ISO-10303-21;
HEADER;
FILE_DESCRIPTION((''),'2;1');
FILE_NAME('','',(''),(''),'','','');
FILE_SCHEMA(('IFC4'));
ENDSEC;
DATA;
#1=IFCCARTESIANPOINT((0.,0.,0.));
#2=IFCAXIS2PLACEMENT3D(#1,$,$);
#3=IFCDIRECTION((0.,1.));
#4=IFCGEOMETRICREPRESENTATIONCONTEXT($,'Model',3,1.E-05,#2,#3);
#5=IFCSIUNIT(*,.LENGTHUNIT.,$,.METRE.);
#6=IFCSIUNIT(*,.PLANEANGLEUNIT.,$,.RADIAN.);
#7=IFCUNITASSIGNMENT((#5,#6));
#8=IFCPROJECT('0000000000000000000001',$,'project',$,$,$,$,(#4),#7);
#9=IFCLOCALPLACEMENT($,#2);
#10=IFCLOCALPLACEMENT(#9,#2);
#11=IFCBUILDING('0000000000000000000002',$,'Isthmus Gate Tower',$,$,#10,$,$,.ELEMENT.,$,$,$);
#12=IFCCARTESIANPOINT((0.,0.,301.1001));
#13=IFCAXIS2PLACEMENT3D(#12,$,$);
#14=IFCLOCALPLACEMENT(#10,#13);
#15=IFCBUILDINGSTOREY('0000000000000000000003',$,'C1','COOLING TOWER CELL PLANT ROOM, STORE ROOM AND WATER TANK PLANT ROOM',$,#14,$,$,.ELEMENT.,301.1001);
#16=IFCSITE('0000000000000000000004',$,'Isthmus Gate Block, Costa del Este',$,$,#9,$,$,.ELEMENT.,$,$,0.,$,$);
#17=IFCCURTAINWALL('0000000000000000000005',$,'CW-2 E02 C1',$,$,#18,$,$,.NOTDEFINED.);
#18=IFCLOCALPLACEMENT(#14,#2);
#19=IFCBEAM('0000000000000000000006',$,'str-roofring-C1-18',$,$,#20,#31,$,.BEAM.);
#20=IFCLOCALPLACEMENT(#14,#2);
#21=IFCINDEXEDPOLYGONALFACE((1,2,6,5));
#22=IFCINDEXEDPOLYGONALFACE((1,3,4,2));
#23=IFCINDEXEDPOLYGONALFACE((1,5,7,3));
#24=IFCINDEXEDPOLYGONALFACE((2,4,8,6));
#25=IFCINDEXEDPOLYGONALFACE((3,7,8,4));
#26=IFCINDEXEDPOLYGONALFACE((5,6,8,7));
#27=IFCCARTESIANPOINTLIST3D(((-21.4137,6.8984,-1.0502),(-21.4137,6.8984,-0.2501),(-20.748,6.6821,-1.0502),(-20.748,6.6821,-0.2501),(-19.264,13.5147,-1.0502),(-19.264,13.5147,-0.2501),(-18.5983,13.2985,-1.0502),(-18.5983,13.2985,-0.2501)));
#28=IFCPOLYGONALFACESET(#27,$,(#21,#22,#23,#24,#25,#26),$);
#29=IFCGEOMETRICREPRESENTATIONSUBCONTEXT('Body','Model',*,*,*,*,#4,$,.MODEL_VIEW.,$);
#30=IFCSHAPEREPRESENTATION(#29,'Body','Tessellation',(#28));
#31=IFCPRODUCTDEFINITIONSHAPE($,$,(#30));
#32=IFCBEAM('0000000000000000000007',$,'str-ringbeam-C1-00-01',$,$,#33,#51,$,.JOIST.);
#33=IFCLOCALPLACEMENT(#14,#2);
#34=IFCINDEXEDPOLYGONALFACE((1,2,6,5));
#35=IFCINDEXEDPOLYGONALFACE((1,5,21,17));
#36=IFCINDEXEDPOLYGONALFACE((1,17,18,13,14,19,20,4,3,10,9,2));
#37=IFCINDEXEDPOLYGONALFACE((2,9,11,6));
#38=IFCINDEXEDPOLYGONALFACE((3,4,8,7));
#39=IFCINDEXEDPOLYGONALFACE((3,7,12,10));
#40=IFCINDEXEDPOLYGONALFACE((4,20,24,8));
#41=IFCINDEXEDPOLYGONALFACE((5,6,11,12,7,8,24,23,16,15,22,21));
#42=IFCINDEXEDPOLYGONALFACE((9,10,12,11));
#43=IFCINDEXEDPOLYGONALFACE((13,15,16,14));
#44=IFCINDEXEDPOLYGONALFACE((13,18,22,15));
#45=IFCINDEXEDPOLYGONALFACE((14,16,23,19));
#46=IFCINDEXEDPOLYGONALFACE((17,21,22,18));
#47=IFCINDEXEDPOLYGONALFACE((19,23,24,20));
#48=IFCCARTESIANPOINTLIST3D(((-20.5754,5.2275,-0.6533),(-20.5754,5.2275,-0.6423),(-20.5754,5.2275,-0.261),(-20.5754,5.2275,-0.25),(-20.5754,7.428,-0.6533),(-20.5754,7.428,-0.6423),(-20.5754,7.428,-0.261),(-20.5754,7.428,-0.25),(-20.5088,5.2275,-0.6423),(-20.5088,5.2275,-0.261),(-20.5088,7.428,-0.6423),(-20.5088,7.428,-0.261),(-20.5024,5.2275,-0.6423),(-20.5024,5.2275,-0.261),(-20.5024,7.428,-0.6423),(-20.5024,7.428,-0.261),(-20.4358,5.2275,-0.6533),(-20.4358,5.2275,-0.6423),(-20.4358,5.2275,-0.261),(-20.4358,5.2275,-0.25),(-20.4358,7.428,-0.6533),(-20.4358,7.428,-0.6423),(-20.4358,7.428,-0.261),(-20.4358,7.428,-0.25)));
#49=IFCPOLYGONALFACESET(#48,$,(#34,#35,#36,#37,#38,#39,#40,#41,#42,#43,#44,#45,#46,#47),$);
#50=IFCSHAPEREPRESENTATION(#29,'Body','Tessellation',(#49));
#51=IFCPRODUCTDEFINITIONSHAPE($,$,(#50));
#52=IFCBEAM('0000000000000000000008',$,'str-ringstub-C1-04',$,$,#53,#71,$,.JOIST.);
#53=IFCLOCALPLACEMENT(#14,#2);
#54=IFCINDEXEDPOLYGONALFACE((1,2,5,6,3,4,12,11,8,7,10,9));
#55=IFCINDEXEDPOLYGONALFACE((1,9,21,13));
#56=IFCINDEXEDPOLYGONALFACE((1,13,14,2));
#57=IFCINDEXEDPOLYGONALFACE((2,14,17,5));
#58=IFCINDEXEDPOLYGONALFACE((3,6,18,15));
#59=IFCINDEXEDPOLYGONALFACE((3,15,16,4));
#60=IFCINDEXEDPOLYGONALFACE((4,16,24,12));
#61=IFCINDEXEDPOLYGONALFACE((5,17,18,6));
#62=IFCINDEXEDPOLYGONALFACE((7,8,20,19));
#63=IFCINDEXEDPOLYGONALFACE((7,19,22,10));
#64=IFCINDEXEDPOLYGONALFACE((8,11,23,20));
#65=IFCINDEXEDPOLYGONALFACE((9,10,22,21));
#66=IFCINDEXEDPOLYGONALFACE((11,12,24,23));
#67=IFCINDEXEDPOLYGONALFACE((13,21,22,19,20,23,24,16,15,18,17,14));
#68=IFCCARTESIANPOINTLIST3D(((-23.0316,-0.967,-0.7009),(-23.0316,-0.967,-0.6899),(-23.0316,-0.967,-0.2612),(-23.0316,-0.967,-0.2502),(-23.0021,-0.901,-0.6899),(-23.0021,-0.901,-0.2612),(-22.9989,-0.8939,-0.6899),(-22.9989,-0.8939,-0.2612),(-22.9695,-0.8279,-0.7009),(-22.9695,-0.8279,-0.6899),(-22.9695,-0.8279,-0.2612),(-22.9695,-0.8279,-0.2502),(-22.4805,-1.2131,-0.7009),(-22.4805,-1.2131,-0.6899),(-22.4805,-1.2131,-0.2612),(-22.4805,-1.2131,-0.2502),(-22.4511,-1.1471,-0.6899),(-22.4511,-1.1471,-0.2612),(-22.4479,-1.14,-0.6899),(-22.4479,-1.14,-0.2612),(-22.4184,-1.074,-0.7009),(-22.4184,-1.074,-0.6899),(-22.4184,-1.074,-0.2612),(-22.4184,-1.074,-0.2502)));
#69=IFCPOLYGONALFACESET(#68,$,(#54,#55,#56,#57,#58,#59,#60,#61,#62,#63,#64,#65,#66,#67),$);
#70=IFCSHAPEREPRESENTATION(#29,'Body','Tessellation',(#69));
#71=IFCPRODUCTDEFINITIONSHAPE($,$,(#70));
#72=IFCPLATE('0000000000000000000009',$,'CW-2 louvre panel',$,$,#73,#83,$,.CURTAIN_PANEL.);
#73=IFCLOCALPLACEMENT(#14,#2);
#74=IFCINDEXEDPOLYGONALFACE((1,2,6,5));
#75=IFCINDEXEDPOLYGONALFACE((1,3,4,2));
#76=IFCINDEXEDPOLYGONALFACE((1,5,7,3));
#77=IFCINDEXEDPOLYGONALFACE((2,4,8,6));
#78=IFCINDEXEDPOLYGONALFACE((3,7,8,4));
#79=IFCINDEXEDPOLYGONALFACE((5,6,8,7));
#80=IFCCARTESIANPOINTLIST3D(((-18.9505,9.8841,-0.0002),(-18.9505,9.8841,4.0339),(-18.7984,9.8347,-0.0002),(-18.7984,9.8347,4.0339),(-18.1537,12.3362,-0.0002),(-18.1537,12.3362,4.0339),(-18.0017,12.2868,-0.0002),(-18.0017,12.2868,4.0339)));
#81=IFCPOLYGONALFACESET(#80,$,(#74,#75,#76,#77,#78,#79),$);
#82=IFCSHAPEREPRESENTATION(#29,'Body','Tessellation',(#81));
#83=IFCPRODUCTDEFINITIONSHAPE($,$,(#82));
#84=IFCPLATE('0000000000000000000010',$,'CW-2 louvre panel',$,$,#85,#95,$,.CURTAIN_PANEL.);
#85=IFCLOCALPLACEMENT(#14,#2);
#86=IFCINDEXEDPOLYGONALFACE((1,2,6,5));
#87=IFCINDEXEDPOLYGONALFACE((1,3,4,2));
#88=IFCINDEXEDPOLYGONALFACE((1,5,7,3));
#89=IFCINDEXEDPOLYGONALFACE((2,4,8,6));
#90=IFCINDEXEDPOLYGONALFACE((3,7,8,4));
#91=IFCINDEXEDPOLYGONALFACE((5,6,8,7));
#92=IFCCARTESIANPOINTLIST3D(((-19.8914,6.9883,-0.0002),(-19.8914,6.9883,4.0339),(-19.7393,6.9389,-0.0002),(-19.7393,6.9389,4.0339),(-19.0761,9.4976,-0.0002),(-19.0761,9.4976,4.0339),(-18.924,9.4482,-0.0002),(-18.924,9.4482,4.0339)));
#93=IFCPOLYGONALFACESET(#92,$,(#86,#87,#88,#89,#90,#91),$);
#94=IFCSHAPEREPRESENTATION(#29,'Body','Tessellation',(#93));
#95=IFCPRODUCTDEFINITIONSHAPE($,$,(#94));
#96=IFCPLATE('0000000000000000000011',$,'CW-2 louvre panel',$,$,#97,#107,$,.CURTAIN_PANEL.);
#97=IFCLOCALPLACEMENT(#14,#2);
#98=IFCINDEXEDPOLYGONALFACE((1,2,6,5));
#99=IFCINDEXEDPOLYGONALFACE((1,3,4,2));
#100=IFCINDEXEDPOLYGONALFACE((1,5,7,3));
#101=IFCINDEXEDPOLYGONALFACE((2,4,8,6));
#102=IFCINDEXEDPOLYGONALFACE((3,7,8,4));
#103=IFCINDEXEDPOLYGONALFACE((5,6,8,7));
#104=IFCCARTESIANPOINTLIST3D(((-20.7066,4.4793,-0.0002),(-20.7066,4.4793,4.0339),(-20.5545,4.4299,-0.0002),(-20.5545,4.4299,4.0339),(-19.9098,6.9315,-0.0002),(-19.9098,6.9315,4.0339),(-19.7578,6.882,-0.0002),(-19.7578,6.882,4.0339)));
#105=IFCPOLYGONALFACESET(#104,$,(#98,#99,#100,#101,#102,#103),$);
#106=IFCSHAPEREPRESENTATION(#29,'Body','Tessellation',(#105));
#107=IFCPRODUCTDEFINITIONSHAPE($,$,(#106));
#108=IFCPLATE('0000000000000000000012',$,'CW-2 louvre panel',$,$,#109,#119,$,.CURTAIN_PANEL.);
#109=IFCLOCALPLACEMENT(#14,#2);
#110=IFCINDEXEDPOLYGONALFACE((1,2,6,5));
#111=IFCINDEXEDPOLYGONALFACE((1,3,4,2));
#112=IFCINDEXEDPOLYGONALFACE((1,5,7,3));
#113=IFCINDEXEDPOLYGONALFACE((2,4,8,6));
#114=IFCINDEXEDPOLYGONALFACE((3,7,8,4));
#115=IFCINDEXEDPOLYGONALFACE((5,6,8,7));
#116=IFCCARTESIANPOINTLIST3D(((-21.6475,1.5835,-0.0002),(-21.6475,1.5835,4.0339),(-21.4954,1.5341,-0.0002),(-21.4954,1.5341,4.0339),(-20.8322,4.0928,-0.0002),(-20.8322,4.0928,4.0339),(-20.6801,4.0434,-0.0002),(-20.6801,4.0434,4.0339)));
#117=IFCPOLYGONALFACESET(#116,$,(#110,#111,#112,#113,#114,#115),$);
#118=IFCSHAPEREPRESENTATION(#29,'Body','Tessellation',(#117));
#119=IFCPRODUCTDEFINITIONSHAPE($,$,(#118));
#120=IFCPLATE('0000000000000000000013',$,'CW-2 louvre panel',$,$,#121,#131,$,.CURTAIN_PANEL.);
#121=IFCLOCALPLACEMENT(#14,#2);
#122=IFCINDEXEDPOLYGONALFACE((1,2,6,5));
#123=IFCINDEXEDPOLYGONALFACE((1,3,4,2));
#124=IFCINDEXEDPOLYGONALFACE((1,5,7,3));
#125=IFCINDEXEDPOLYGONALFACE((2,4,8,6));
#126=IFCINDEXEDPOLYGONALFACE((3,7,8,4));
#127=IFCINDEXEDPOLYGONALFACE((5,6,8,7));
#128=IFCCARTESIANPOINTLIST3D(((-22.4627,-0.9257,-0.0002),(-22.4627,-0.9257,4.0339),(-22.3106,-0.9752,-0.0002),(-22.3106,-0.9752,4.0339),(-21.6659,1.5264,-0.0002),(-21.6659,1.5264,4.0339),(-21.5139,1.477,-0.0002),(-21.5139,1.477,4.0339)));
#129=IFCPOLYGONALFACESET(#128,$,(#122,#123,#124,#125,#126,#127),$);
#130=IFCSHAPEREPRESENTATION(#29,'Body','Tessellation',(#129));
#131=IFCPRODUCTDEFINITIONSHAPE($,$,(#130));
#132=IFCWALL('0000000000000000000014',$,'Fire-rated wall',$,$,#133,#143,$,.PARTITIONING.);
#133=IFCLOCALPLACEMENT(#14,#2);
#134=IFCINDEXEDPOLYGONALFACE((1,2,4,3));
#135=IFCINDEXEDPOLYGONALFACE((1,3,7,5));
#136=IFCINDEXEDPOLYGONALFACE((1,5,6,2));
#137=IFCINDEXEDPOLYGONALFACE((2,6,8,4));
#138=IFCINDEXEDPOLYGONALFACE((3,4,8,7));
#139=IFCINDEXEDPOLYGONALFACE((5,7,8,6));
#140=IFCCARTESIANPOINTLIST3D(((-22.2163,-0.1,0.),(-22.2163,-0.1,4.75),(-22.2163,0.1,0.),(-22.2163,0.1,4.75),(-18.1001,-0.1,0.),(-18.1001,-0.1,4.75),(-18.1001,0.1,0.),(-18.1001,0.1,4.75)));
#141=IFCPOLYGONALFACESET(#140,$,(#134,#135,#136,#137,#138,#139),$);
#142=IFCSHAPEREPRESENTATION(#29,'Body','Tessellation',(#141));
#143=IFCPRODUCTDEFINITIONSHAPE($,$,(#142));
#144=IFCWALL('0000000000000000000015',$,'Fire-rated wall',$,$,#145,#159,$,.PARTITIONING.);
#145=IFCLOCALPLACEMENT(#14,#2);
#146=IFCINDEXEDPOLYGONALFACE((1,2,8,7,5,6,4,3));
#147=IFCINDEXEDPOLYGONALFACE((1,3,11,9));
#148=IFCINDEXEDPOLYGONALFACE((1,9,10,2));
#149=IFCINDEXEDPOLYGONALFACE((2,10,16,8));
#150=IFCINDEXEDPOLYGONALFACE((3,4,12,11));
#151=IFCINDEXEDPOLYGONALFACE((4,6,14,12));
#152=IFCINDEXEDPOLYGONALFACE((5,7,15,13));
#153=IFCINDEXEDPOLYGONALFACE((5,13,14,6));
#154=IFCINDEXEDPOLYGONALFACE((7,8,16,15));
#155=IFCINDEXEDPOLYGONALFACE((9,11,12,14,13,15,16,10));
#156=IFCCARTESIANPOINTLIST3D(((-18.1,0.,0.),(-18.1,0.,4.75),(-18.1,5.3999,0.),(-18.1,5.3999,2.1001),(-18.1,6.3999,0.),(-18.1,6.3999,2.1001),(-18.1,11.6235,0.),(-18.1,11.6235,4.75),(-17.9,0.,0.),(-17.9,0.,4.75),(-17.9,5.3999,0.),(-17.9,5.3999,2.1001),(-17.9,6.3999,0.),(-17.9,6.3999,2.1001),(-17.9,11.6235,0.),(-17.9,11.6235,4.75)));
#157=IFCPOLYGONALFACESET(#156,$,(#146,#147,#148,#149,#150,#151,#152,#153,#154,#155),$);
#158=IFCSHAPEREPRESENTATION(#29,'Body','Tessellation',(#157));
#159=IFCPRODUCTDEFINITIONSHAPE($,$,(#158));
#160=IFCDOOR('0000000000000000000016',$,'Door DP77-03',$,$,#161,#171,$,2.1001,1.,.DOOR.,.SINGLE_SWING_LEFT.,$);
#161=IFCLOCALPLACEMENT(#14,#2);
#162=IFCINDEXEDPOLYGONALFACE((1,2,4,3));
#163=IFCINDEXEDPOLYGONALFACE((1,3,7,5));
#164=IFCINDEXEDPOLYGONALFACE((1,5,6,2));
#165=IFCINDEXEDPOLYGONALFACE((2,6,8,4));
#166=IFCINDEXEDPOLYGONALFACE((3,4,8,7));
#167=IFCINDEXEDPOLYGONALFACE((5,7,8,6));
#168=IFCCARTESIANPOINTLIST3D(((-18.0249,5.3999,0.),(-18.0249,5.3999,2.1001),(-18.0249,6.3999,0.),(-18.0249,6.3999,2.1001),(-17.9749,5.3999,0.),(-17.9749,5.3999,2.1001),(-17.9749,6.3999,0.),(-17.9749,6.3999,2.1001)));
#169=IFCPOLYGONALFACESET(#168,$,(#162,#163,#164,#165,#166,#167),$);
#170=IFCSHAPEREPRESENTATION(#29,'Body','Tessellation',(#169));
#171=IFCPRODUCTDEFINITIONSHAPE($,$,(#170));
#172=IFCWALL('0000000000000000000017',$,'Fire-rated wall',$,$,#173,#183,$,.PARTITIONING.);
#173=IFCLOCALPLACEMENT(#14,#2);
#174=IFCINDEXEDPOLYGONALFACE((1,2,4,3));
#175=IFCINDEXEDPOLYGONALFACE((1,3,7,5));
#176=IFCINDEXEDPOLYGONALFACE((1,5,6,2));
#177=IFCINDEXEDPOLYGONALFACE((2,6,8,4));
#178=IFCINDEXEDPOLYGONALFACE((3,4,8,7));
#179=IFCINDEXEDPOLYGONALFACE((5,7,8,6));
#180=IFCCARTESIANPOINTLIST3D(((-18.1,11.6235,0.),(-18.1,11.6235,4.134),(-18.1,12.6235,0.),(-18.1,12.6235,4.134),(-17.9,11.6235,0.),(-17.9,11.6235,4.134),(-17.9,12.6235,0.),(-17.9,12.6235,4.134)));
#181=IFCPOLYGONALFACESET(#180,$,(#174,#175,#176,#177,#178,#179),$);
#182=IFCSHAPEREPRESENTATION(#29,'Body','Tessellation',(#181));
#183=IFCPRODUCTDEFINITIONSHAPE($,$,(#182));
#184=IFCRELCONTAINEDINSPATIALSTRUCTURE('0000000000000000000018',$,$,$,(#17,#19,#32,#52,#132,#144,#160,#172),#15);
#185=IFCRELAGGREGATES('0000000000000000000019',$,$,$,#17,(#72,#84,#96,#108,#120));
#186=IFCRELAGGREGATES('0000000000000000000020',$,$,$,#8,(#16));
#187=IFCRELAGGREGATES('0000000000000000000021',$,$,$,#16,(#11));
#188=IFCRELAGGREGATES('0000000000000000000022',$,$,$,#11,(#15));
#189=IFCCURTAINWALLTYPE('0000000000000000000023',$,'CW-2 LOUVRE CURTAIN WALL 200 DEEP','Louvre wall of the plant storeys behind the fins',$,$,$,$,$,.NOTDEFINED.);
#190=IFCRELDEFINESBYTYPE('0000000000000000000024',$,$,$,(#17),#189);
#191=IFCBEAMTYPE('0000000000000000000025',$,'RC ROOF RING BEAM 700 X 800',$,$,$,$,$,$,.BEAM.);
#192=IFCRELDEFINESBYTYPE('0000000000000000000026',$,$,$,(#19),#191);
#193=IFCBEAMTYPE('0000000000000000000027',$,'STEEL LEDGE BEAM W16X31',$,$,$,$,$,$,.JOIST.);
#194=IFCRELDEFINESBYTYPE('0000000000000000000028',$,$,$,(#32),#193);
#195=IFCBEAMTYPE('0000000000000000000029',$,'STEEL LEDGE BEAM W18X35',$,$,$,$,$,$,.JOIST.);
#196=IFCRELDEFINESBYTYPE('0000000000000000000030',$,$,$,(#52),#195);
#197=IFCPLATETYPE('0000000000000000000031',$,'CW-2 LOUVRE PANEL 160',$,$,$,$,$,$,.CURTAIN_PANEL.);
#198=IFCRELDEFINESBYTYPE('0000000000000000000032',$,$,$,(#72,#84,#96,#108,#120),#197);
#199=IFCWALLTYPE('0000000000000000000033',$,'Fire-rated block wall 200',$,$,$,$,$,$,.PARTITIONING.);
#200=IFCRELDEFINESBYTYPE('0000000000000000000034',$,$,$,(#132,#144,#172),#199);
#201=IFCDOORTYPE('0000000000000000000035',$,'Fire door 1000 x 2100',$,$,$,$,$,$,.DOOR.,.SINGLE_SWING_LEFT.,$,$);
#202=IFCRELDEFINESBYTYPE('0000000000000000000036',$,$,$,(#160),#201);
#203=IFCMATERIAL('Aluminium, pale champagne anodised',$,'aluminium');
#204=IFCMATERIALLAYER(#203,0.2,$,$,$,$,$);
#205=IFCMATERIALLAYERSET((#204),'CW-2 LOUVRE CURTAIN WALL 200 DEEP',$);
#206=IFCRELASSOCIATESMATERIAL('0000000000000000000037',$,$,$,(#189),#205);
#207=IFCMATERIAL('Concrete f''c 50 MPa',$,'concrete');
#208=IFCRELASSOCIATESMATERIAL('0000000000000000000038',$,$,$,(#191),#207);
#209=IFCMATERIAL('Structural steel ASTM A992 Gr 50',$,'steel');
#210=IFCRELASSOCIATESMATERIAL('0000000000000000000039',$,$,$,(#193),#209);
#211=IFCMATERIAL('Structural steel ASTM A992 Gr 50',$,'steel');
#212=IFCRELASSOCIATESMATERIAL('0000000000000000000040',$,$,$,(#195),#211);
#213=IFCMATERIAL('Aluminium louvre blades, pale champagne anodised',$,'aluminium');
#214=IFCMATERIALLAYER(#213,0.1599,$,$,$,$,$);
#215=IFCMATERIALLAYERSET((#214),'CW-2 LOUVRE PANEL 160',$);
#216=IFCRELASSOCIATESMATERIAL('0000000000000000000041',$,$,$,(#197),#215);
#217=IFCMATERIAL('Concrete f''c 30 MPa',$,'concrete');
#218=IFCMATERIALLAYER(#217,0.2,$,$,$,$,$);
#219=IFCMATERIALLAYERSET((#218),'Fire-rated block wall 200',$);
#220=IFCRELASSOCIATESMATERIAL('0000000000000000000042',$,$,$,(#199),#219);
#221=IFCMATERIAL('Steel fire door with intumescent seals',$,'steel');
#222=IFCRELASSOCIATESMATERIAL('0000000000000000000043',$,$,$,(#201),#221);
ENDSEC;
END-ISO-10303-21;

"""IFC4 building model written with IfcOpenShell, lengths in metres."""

from ifc_helpers import new_model, si_unit, direction, frame, frame_2d, origin, origin_2d, place, context, subcontext, project, spatial, rectangle, i_section, extrude, material, layer, layer_set, material_profile, profile_set, type_object, element, fill, aggregate, save


model = new_model("IFC4")

# Units and contexts
model_context = context("Model", 3, precision=1e-05, world=origin(), true_north=direction((0.0, 1.0)))
body_context = subcontext(model_context, "Body", "Model", "MODEL_VIEW")
ifc_project = project(units=[si_unit("LENGTHUNIT", "METRE"), si_unit("PLANEANGLEUNIT", "RADIAN")], contexts=[model_context])

# Site, building, storey
site_placement = place(None, origin())
site = spatial("IfcSite", under=ifc_project, at=site_placement, Name="Isthmus Gate Block, Costa del Este", CompositionType="ELEMENT", RefElevation=0.0)
building_placement = place(site_placement, origin())
building = spatial("IfcBuilding", under=site, at=building_placement, Name="Isthmus Gate Tower", CompositionType="ELEMENT")
storey_placement = place(building_placement, frame((0.0, 0.0, 301.1001)))
storey = spatial("IfcBuildingStorey", under=building, at=storey_placement, Name="C1", Description="COOLING TOWER CELL PLANT ROOM, STORE ROOM AND WATER TANK PLANT ROOM", CompositionType="ELEMENT", Elevation=301.1001)

# Curtain wall
ifc_material_1 = material(Name="Aluminium, pale champagne anodised", Category="aluminium")
ifc_layer_1 = layer(ifc_material_1, 0.2)
ifc_layer_set_1 = layer_set([ifc_layer_1], Name="CW-2 LOUVRE CURTAIN WALL 200 DEEP")
curtain_wall_type = type_object("IfcCurtainWallType", Name="CW-2 LOUVRE CURTAIN WALL 200 DEEP", Description="Louvre wall of the plant storeys behind the fins", PredefinedType="NOTDEFINED", material=ifc_layer_set_1)
curtain_wall_1_placement = place(storey_placement, origin())
curtain_wall_1 = element("IfcCurtainWall", 1, at=curtain_wall_1_placement, inside=storey, type_object=curtain_wall_type, Name="CW-2 E02 C1", PredefinedType="NOTDEFINED")

# Beams
ifc_material_2 = material(Name="Concrete f'c 50 MPa", Category="concrete")
ifc_material_profile_1 = material_profile(ifc_material_2, rectangle(XDim=0.7, YDim=0.8, at=origin_2d()), Name="RC 700X800")
ifc_profile_set_1 = profile_set([ifc_material_profile_1], Name="Concrete f'c 50 MPa")
beam_type_1 = type_object("IfcBeamType", Name="RC ROOF RING BEAM 700 X 800", PredefinedType="BEAM", material=ifc_profile_set_1)
beam_1_placement = place(storey_placement, frame((-21.0808, 6.7903, -0.6501), z_axis=(0.309007, 0.95106, 0.0), x_axis=(-0.95106, 0.309007, 0.0)))
element("IfcBeam", 2, at=beam_1_placement, inside=storey, type_object=beam_type_1, Name="str-roofring-C1-18", PredefinedType="BEAM", context=body_context, shape_type="SweptSolid", body=[
    extrude(rectangle(XDim=0.7, YDim=0.8, at=origin_2d()), origin(), (0.0, 0.0, 1.0), 6.9568),
])
ifc_material_3 = material(Name="Structural steel ASTM A992 Gr 50", Category="steel")
ifc_material_profile_2 = material_profile(ifc_material_3, i_section(OverallWidth=0.1396, OverallDepth=0.4033, WebThickness=0.0063, FlangeThickness=0.011, at=origin_2d()), Name="W16X31")
ifc_profile_set_2 = profile_set([ifc_material_profile_2], Name="Structural steel ASTM A992 Gr 50")
beam_type_2 = type_object("IfcBeamType", Name="STEEL LEDGE BEAM W16X31", PredefinedType="JOIST", material=ifc_profile_set_2)
beam_2_placement = place(storey_placement, frame((-20.5056, 5.2275, -0.4517), z_axis=(0.0, 1.0, 0.0), x_axis=(-1.0, 0.0, 0.0)))
element("IfcBeam", 3, at=beam_2_placement, inside=storey, type_object=beam_type_2, Name="str-ringbeam-C1-00-01", PredefinedType="JOIST", context=body_context, shape_type="SweptSolid", body=[
    extrude(i_section(OverallWidth=0.1396, OverallDepth=0.4033, WebThickness=0.0063, FlangeThickness=0.011, at=origin_2d()), origin(), (0.0, 0.0, 1.0), 2.2004),
])
ifc_material_4 = material(Name="Structural steel ASTM A992 Gr 50", Category="steel")
ifc_material_profile_3 = material_profile(ifc_material_4, i_section(OverallWidth=0.1523, OverallDepth=0.4507, WebThickness=0.0078, FlangeThickness=0.011, at=origin_2d()), Name="W18X35")
ifc_profile_set_3 = profile_set([ifc_material_profile_3], Name="Structural steel ASTM A992 Gr 50")
beam_type_3 = type_object("IfcBeamType", Name="STEEL LEDGE BEAM W18X35", PredefinedType="JOIST", material=ifc_profile_set_3)
beam_3_placement = place(storey_placement, frame((-22.4495, -1.1436, -0.4756), z_axis=(-0.913076, 0.407789, 0.0), x_axis=(-0.407789, -0.913076, 0.0)))
element("IfcBeam", 4, at=beam_3_placement, inside=storey, type_object=beam_type_3, Name="str-ringstub-C1-04", PredefinedType="JOIST", context=body_context, shape_type="SweptSolid", body=[
    extrude(i_section(OverallWidth=0.1523, OverallDepth=0.4507, WebThickness=0.0078, FlangeThickness=0.011, at=origin_2d()), origin(), (0.0, 0.0, 1.0), 0.6035),
])

# Plates
ifc_material_5 = material(Name="Aluminium louvre blades, pale champagne anodised", Category="aluminium")
ifc_layer_2 = layer(ifc_material_5, 0.1599)
ifc_layer_set_2 = layer_set([ifc_layer_2], Name="CW-2 LOUVRE PANEL 160")
plate_type = type_object("IfcPlateType", Name="CW-2 LOUVRE PANEL 160", PredefinedType="CURTAIN_PANEL", material=ifc_layer_set_2)
plate_1_placement = place(storey_placement, frame((-18.4761, 11.0854, -0.0002), z_axis=(0.0, 0.0, 1.0), x_axis=(-0.309017, -0.951057, 0.0)))
plate_1 = element("IfcPlate", 5, at=plate_1_placement, type_object=plate_type, Name="CW-2 louvre panel", PredefinedType="CURTAIN_PANEL", context=body_context, shape_type="SweptSolid", body=[
    extrude(rectangle(XDim=2.5784, YDim=0.1599, at=origin_2d()), origin(), (0.0, 0.0, 1.0), 4.0342),
])
plate_2_placement = place(storey_placement, frame((-19.4077, 8.2183, -0.0002), z_axis=(0.0, 0.0, 1.0), x_axis=(-0.309017, -0.951057, 0.0)))
plate_2 = element("IfcPlate", 6, at=plate_2_placement, type_object=plate_type, Name="CW-2 louvre panel", PredefinedType="CURTAIN_PANEL", context=body_context, shape_type="SweptSolid", body=[
    extrude(rectangle(XDim=2.6384, YDim=0.1599, at=origin_2d()), origin(), (0.0, 0.0, 1.0), 4.0342),
])
plate_3_placement = place(storey_placement, frame((-20.2322, 5.6807, -0.0002), z_axis=(0.0, 0.0, 1.0), x_axis=(-0.309017, -0.951057, 0.0)))
plate_3 = element("IfcPlate", 7, at=plate_3_placement, type_object=plate_type, Name="CW-2 louvre panel", PredefinedType="CURTAIN_PANEL", context=body_context, shape_type="SweptSolid", body=[
    extrude(rectangle(XDim=2.5784, YDim=0.1599, at=origin_2d()), origin(), (0.0, 0.0, 1.0), 4.0342),
])
plate_4_placement = place(storey_placement, frame((-21.1638, 2.8135, -0.0002), z_axis=(0.0, 0.0, 1.0), x_axis=(-0.309017, -0.951057, 0.0)))
plate_4 = element("IfcPlate", 8, at=plate_4_placement, type_object=plate_type, Name="CW-2 louvre panel", PredefinedType="CURTAIN_PANEL", context=body_context, shape_type="SweptSolid", body=[
    extrude(rectangle(XDim=2.6384, YDim=0.1599, at=origin_2d()), origin(), (0.0, 0.0, 1.0), 4.0342),
])
plate_5_placement = place(storey_placement, frame((-21.9883, 0.2756, -0.0002), z_axis=(0.0, 0.0, 1.0), x_axis=(-0.309017, -0.951057, 0.0)))
plate_5 = element("IfcPlate", 9, at=plate_5_placement, type_object=plate_type, Name="CW-2 louvre panel", PredefinedType="CURTAIN_PANEL", context=body_context, shape_type="SweptSolid", body=[
    extrude(rectangle(XDim=2.5784, YDim=0.1599, at=origin_2d()), origin(), (0.0, 0.0, 1.0), 4.0342),
])
aggregate(curtain_wall_1, [plate_1, plate_2, plate_3, plate_4, plate_5])

# Wall
ifc_material_6 = material(Name="Concrete f'c 30 MPa", Category="concrete")
ifc_layer_3 = layer(ifc_material_6, 0.2)
ifc_layer_set_3 = layer_set([ifc_layer_3], Name="Fire-rated block wall 200")
wall_type_1 = type_object("IfcWallType", Name="Fire-rated block wall 200", PredefinedType="PARTITIONING", material=ifc_layer_set_3)
wall_1_placement = place(storey_placement, frame((-22.2163, 0.0, 0.0), z_axis=(0.0, 0.0, 1.0), x_axis=(1.0, 0.0, 0.0)))
element("IfcWall", 10, at=wall_1_placement, inside=storey, type_object=wall_type_1, Name="Fire-rated wall", PredefinedType="PARTITIONING", context=body_context, shape_type="SweptSolid", body=[
    extrude(rectangle(XDim=4.1162, YDim=0.2, at=frame_2d((2.0581, 0.0))), origin(), (0.0, 0.0, 1.0), 4.75),
])

# Wall, opening, door
wall_2_placement = place(storey_placement, frame((-18.0, 0.0, 0.0), z_axis=(0.0, 0.0, 1.0), x_axis=(0.0, 1.0, 0.0)))
wall_2 = element("IfcWall", 11, at=wall_2_placement, inside=storey, type_object=wall_type_1, Name="Fire-rated wall", PredefinedType="PARTITIONING", context=body_context, shape_type="SweptSolid", body=[
    extrude(rectangle(XDim=11.6235, YDim=0.2, at=frame_2d((5.8118, 0.0))), origin(), (0.0, 0.0, 1.0), 4.75),
])
opening_placement = place(wall_2_placement, frame((5.3999, 0.0, 0.0)))
opening = element("IfcOpeningElement", 12, at=opening_placement, cuts=wall_2, PredefinedType="OPENING", context=body_context, shape_type="SweptSolid", body=[
    extrude(rectangle(XDim=1.0, YDim=2.1001, at=frame_2d((0.5, 1.05))), frame((0.0, 0.1099, 0.0), z_axis=(0.0, -1.0, 0.0), x_axis=(1.0, 0.0, 0.0)), (0.0, 0.0, 1.0), 0.22),
])
ifc_material_7 = material(Name="Steel fire door with intumescent seals", Category="steel")
door_type = type_object("IfcDoorType", Name="Fire door 1000 x 2100", OperationType="SINGLE_SWING_LEFT", PredefinedType="DOOR", material=ifc_material_7)
door_placement = place(opening_placement, origin())
door = element("IfcDoor", 13, at=door_placement, inside=storey, type_object=door_type, Name="Door DP77-03", OperationType="SINGLE_SWING_LEFT", OverallHeight=2.1001, OverallWidth=1.0, PredefinedType="DOOR", context=body_context, shape_type="SweptSolid", body=[
    extrude(rectangle(XDim=1.0, YDim=2.1001, at=frame_2d((0.5, 1.05))), frame((0.0, 0.0249, 0.0), z_axis=(0.0, -1.0, 0.0), x_axis=(1.0, 0.0, 0.0)), (0.0, 0.0, 1.0), 0.05),
])
fill(opening, door)

# Wall
wall_3_placement = place(storey_placement, frame((-18.0, 11.6235, 0.0), z_axis=(0.0, 0.0, 1.0), x_axis=(0.0, 1.0, 0.0)))
element("IfcWall", 14, at=wall_3_placement, inside=storey, type_object=wall_type_1, Name="Fire-rated wall", PredefinedType="PARTITIONING", context=body_context, shape_type="SweptSolid", body=[
    extrude(rectangle(XDim=1.0, YDim=0.2, at=frame_2d((0.5, 0.0))), origin(), (0.0, 0.0, 1.0), 4.134),
])

save(model, "model.ifc")
